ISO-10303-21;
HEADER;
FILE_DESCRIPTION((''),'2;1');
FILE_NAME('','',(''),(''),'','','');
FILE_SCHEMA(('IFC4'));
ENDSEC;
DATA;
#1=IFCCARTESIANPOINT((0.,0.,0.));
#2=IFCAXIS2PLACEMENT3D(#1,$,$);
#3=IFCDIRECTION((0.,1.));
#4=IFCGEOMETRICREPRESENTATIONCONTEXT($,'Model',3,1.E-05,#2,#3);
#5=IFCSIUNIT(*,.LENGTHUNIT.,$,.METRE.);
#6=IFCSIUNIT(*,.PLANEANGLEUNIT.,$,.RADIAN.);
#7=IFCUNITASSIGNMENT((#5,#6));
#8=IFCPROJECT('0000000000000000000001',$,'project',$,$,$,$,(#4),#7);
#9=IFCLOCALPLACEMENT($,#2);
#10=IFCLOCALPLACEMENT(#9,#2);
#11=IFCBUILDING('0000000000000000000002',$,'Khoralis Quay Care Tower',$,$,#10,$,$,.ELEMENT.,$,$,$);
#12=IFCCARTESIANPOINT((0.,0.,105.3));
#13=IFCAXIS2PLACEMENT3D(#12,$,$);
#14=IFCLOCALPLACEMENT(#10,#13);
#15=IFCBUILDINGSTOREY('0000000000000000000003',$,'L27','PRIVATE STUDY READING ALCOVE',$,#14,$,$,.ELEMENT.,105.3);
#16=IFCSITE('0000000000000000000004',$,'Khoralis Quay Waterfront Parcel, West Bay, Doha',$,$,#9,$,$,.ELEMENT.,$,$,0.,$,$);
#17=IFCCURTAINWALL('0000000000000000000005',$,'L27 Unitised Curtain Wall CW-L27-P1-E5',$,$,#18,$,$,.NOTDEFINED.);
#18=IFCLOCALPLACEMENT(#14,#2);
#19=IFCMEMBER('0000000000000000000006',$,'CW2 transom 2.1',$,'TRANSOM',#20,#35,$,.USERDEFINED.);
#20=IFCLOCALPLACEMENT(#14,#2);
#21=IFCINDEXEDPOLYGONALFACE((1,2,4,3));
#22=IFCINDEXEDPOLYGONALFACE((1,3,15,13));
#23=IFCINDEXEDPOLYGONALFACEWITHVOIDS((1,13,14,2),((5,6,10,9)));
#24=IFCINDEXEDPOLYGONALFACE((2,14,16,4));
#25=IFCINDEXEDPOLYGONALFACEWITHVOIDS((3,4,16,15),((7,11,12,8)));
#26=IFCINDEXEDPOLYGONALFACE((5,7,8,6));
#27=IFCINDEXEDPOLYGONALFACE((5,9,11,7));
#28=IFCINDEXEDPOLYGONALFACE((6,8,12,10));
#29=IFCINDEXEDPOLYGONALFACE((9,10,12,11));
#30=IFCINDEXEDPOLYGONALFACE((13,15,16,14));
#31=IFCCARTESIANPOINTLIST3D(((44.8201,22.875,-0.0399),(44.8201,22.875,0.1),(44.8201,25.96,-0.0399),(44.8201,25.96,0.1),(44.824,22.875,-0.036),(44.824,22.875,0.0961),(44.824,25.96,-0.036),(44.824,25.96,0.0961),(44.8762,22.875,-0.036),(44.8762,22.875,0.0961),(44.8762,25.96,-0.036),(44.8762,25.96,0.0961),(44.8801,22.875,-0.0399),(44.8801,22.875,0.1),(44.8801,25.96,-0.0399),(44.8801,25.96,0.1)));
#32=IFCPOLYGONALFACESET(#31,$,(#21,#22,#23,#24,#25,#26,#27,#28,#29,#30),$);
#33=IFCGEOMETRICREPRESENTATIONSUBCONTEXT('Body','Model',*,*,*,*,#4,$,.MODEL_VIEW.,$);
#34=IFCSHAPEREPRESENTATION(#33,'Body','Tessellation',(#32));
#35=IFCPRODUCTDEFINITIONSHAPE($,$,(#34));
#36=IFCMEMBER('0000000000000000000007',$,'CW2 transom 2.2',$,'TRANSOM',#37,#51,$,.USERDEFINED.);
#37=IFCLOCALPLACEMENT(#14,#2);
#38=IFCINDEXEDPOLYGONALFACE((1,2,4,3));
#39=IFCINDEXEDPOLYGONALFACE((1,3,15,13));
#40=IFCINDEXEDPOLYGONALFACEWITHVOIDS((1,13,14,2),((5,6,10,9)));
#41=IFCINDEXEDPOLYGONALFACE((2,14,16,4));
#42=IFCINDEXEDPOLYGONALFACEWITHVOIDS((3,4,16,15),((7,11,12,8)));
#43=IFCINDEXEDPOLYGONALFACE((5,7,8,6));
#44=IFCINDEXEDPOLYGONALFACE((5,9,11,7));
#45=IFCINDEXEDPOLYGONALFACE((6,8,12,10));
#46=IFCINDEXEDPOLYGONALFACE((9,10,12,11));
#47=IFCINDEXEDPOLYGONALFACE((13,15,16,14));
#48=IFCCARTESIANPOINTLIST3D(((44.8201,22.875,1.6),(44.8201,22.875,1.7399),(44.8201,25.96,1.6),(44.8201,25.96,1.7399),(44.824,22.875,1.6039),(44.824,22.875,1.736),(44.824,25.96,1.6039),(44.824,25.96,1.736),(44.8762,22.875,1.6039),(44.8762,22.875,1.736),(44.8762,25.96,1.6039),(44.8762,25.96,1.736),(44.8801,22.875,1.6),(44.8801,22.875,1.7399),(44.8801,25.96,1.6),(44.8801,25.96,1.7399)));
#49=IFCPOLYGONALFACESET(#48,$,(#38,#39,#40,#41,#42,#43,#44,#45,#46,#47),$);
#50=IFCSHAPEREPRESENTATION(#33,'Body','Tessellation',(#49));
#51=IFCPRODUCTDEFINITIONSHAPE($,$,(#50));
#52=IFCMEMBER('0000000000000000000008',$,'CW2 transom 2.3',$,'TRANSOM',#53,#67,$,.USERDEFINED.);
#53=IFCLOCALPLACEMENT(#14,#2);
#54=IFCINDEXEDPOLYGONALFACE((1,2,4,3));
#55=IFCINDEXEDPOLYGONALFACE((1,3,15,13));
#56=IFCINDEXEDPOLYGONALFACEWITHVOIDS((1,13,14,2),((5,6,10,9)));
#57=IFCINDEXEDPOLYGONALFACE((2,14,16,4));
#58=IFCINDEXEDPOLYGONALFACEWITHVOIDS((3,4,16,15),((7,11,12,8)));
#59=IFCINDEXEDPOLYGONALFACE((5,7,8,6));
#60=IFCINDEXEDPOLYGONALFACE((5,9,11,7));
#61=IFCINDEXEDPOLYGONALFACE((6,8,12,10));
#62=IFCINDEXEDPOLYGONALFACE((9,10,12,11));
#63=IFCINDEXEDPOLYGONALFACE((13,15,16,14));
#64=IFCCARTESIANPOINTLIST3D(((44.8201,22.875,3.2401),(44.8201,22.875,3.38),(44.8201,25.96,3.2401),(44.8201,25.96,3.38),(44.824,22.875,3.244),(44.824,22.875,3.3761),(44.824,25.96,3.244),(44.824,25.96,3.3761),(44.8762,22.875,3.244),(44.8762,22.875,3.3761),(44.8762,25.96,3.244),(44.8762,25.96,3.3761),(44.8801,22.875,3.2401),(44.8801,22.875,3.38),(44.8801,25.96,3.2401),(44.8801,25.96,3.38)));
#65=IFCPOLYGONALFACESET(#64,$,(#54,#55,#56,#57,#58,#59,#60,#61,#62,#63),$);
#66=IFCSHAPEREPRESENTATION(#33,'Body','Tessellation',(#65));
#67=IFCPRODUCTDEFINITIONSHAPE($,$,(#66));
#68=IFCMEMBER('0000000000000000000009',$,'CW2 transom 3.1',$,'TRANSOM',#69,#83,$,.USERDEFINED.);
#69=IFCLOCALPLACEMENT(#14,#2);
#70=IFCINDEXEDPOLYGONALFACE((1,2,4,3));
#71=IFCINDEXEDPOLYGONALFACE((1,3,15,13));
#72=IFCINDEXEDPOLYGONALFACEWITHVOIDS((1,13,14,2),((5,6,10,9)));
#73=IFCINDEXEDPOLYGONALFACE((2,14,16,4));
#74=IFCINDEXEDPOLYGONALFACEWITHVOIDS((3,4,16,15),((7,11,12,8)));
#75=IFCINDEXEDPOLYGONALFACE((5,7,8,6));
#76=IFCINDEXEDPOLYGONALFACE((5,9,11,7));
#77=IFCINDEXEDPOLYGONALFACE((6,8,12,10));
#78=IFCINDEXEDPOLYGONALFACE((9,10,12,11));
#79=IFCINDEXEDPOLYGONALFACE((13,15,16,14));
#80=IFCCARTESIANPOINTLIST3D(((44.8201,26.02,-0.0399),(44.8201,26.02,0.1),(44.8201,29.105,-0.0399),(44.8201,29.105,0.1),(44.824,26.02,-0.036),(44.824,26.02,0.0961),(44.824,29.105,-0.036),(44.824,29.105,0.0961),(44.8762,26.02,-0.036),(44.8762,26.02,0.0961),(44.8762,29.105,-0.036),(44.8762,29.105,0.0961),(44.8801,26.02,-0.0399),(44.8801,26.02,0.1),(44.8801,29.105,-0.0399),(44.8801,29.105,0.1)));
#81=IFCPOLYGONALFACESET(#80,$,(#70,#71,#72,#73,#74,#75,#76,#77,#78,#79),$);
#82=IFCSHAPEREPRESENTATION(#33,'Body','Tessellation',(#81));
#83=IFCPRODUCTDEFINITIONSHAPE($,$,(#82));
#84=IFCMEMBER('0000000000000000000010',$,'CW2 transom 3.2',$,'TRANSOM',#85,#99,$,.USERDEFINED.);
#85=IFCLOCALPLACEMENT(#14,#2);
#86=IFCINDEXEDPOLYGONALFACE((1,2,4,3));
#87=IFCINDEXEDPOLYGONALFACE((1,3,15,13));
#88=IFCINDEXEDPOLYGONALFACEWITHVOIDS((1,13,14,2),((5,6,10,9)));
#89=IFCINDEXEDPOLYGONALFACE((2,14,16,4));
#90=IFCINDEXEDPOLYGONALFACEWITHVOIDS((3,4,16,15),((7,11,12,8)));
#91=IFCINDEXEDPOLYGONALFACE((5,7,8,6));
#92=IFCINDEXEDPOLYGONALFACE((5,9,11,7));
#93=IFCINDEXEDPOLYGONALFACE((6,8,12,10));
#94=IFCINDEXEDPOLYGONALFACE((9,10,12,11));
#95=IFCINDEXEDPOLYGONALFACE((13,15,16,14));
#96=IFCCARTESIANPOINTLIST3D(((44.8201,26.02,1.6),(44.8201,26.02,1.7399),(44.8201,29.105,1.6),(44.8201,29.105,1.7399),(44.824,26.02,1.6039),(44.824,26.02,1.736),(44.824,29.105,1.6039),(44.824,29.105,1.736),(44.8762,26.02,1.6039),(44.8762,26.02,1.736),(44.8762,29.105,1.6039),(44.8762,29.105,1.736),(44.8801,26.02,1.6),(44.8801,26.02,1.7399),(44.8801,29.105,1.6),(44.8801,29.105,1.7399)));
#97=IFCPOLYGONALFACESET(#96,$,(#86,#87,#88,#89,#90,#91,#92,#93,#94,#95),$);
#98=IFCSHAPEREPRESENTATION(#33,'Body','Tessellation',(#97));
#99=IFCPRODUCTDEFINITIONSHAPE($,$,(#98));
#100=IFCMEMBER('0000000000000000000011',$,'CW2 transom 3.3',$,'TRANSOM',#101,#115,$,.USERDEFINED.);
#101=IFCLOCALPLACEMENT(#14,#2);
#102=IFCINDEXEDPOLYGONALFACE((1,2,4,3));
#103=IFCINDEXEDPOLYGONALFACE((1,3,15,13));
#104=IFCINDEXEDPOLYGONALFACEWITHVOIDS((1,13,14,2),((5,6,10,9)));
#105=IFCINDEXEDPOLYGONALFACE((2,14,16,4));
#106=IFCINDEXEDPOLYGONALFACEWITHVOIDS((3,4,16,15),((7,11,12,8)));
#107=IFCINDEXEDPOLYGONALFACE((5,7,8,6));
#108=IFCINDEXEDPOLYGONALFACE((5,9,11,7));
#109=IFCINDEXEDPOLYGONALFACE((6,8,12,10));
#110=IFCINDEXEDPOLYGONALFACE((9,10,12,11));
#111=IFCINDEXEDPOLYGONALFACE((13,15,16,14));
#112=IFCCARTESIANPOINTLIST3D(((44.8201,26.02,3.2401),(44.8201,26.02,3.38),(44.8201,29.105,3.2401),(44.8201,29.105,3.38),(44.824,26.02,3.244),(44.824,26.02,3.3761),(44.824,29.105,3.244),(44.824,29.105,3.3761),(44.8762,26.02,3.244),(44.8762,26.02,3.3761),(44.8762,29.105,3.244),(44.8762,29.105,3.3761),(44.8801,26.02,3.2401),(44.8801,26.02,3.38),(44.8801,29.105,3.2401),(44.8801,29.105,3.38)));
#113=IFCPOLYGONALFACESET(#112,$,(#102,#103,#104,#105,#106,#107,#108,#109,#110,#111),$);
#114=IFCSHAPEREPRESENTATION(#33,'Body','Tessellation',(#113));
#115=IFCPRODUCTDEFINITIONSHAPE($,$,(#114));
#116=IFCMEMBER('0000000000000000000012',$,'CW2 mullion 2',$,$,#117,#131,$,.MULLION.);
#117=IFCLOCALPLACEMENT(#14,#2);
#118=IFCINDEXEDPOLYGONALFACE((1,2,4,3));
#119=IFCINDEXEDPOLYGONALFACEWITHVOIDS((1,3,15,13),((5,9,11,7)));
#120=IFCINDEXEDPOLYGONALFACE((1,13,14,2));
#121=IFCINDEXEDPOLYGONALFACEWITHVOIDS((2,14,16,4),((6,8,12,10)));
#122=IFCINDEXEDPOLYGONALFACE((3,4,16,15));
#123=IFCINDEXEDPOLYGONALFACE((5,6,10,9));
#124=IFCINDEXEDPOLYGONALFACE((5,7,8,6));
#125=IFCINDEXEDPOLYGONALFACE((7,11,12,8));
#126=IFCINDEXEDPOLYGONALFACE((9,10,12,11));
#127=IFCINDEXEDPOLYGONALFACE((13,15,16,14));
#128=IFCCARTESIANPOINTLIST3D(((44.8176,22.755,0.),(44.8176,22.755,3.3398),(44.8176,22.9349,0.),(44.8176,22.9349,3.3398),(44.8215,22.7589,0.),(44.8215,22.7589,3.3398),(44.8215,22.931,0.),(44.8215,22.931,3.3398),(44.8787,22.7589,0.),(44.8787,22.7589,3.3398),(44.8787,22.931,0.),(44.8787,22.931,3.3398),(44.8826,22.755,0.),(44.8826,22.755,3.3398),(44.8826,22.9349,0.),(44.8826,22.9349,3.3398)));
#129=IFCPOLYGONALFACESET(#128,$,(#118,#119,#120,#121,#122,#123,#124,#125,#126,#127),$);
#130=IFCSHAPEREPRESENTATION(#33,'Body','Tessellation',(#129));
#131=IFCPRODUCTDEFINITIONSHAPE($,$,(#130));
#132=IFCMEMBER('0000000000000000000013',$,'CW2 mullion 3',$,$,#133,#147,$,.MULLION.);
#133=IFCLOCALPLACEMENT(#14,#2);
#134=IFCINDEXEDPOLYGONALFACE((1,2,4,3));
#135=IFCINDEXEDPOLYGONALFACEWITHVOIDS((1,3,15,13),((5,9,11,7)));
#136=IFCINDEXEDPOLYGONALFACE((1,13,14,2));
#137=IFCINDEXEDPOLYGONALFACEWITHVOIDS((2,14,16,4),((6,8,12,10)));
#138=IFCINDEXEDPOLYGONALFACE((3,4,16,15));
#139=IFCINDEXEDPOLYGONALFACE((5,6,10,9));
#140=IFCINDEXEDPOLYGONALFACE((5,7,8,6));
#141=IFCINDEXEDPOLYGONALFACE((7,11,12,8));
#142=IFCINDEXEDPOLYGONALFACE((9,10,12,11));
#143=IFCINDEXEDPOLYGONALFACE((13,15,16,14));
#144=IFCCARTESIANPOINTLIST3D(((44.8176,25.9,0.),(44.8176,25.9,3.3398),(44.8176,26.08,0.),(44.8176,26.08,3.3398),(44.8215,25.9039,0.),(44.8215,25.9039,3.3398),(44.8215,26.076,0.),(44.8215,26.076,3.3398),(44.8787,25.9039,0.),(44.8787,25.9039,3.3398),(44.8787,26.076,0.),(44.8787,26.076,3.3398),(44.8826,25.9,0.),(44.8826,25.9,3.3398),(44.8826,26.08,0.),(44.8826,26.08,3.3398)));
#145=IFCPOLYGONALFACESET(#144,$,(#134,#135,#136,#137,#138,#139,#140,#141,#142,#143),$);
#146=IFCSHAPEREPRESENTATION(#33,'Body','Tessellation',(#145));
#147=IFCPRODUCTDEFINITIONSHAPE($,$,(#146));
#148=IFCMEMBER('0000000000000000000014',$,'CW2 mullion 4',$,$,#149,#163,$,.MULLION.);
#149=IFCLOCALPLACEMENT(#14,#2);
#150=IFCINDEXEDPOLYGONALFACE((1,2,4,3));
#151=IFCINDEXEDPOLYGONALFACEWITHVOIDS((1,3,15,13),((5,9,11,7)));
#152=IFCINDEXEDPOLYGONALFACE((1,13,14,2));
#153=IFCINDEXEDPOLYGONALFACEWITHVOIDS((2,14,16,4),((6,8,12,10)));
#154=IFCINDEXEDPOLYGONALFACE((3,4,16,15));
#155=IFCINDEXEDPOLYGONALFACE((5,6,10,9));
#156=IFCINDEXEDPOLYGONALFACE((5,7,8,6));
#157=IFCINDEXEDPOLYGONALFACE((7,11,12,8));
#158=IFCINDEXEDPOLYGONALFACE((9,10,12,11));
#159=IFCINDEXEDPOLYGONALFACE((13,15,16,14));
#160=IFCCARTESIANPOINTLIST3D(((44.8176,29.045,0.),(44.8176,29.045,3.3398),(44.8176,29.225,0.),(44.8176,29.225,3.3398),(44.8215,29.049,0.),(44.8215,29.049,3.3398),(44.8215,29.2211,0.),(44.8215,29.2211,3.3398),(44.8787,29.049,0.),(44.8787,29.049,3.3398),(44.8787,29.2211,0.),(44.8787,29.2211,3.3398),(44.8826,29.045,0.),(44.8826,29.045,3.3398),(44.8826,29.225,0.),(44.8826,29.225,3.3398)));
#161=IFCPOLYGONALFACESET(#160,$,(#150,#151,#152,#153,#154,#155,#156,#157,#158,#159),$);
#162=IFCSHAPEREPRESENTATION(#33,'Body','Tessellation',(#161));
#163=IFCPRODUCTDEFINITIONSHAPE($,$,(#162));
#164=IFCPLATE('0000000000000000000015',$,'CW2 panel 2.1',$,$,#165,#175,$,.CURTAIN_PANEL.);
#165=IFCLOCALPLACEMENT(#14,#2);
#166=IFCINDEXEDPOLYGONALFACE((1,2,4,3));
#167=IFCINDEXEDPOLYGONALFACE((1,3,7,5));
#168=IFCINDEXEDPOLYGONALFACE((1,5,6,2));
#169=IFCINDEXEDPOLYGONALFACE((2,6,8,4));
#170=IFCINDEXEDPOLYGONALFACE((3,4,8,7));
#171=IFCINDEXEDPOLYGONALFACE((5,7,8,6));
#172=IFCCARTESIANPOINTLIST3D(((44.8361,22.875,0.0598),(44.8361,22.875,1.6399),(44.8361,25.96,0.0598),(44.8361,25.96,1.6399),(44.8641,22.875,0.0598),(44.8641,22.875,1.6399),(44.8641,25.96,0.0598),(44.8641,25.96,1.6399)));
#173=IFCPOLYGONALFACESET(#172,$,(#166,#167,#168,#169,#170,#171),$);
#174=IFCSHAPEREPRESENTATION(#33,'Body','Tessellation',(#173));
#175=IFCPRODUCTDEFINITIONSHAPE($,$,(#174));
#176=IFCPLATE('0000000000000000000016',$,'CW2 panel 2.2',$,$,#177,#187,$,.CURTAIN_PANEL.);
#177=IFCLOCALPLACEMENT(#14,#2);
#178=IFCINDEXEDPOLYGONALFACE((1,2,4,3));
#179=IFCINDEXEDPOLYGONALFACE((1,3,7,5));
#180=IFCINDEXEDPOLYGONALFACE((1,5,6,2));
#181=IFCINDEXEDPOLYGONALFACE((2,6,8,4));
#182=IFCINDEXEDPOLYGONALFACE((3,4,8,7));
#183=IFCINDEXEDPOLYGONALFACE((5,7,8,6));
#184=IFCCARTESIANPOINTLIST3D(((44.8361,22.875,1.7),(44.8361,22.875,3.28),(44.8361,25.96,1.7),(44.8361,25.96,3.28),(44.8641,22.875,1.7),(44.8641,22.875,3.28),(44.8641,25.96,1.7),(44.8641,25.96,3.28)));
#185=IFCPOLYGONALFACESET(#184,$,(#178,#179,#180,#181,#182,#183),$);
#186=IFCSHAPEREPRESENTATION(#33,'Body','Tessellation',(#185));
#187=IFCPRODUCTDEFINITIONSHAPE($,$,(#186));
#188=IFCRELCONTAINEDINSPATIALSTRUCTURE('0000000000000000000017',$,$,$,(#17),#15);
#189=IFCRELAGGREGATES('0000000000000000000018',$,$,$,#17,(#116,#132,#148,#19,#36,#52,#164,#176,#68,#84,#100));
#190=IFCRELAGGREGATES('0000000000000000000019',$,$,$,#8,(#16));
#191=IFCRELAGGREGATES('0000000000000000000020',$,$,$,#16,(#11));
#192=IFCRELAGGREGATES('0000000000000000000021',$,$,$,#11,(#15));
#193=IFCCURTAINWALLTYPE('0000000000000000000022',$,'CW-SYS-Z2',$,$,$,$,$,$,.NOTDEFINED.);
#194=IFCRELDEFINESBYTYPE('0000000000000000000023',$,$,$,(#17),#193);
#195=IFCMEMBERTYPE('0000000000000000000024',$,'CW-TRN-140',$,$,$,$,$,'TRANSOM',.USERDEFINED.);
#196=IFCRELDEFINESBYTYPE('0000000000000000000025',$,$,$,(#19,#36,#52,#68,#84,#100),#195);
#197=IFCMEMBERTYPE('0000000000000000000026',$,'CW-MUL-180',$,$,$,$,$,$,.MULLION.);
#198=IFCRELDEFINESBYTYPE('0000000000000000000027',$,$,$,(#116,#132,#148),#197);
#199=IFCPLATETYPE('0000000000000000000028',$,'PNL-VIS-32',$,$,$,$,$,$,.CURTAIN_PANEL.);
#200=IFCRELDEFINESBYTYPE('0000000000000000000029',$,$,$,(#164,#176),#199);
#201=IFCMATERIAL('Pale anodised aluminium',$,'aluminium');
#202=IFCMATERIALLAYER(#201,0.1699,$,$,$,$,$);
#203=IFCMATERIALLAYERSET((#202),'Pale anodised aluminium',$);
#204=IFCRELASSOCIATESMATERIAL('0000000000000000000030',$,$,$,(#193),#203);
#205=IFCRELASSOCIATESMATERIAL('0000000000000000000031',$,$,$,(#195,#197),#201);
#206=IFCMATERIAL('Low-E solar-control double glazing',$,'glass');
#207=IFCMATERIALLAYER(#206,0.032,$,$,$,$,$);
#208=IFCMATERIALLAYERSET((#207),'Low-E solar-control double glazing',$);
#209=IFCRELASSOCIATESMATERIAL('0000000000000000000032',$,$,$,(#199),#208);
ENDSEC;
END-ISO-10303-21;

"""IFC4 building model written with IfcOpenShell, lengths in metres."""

from ifc_helpers import new_model, si_unit, direction, frame, origin, origin_2d, place, context, subcontext, project, spatial, rectangle, hollow_rectangle, extrude, source, transform, mapped, material, layer, layer_set, material_profile, profile_set, type_object, element, aggregate, save


model = new_model("IFC4")

# Units and contexts
model_context = context("Model", 3, precision=1e-05, world=origin(), true_north=direction((0.0, 1.0)))
body_context = subcontext(model_context, "Body", "Model", "MODEL_VIEW")
ifc_project = project(units=[si_unit("LENGTHUNIT", "METRE"), si_unit("PLANEANGLEUNIT", "RADIAN")], contexts=[model_context])

# Site, building, storey
site_placement = place(None, origin())
site = spatial("IfcSite", under=ifc_project, at=site_placement, Name="Khoralis Quay Waterfront Parcel, West Bay, Doha", CompositionType="ELEMENT", RefElevation=0.0)
building_placement = place(site_placement, origin())
building = spatial("IfcBuilding", under=site, at=building_placement, Name="Khoralis Quay Care Tower", CompositionType="ELEMENT")
storey_placement = place(building_placement, frame((0.0, 0.0, 105.3)))
storey = spatial("IfcBuildingStorey", under=building, at=storey_placement, Name="L27", Description="PRIVATE STUDY READING ALCOVE", CompositionType="ELEMENT", Elevation=105.3)

# Curtain wall, members, plates
ifc_material_1 = material(Name="Pale anodised aluminium", Category="aluminium")
ifc_layer_1 = layer(ifc_material_1, 0.1699)
ifc_layer_set_1 = layer_set([ifc_layer_1], Name="Pale anodised aluminium")
curtain_wall_type = type_object("IfcCurtainWallType", Name="CW-SYS-Z2", PredefinedType="NOTDEFINED", material=ifc_layer_set_1)
curtain_wall_placement = place(storey_placement, origin())
curtain_wall = element("IfcCurtainWall", 1, at=curtain_wall_placement, inside=storey, type_object=curtain_wall_type, Name="L27 Unitised Curtain Wall CW-L27-P1-E5", PredefinedType="NOTDEFINED")
ifc_material_profile_1 = material_profile(ifc_material_1, hollow_rectangle(XDim=0.0601, YDim=0.1399, WallThickness=0.0039, at=origin_2d()), Name="Pale anodised aluminium")
ifc_profile_set_1 = profile_set([ifc_material_profile_1], Name="Pale anodised aluminium")
member_type_1 = type_object("IfcMemberType", Name="CW-TRN-140", ElementType="TRANSOM", PredefinedType="USERDEFINED", material=ifc_profile_set_1)
shared_shape_1 = source(origin(), body_context, "Body", "SweptSolid", [
    extrude(hollow_rectangle(XDim=0.0601, YDim=0.1399, WallThickness=0.0039, at=origin_2d()), origin(), (0.0, 0.0, 1.0), 3.085),
])
member_1_placement = place(storey_placement, frame((44.8501, 22.875, 0.03), z_axis=(0.0, 1.0, 0.0), x_axis=(-1.0, 0.0, 0.0)))
member_1 = element("IfcMember", 2, at=member_1_placement, type_object=member_type_1, Name="CW2 transom 2.1", ObjectType="TRANSOM", PredefinedType="USERDEFINED", context=body_context, shape_type="MappedRepresentation", body=[
    mapped(shared_shape_1, transform((0.0, 0.0, 0.0), scale=1.0)),
])
member_2_placement = place(storey_placement, frame((44.8501, 22.875, 1.6699), z_axis=(0.0, 1.0, 0.0), x_axis=(-1.0, 0.0, 0.0)))
member_2 = element("IfcMember", 3, at=member_2_placement, type_object=member_type_1, Name="CW2 transom 2.2", ObjectType="TRANSOM", PredefinedType="USERDEFINED", context=body_context, shape_type="MappedRepresentation", body=[
    mapped(shared_shape_1, transform((0.0, 0.0, 0.0), scale=1.0)),
])
member_3_placement = place(storey_placement, frame((44.8501, 22.875, 3.3101), z_axis=(0.0, 1.0, 0.0), x_axis=(-1.0, 0.0, 0.0)))
member_3 = element("IfcMember", 4, at=member_3_placement, type_object=member_type_1, Name="CW2 transom 2.3", ObjectType="TRANSOM", PredefinedType="USERDEFINED", context=body_context, shape_type="MappedRepresentation", body=[
    mapped(shared_shape_1, transform((0.0, 0.0, 0.0), scale=1.0)),
])
member_4_placement = place(storey_placement, frame((44.8501, 26.02, 0.03), z_axis=(0.0, 1.0, 0.0), x_axis=(-1.0, 0.0, 0.0)))
member_4 = element("IfcMember", 5, at=member_4_placement, type_object=member_type_1, Name="CW2 transom 3.1", ObjectType="TRANSOM", PredefinedType="USERDEFINED", context=body_context, shape_type="MappedRepresentation", body=[
    mapped(shared_shape_1, transform((0.0, 0.0, 0.0), scale=1.0)),
])
member_5_placement = place(storey_placement, frame((44.8501, 26.02, 1.6699), z_axis=(0.0, 1.0, 0.0), x_axis=(-1.0, 0.0, 0.0)))
member_5 = element("IfcMember", 6, at=member_5_placement, type_object=member_type_1, Name="CW2 transom 3.2", ObjectType="TRANSOM", PredefinedType="USERDEFINED", context=body_context, shape_type="MappedRepresentation", body=[
    mapped(shared_shape_1, transform((0.0, 0.0, 0.0), scale=1.0)),
])
member_6_placement = place(storey_placement, frame((44.8501, 26.02, 3.3101), z_axis=(0.0, 1.0, 0.0), x_axis=(-1.0, 0.0, 0.0)))
member_6 = element("IfcMember", 7, at=member_6_placement, type_object=member_type_1, Name="CW2 transom 3.3", ObjectType="TRANSOM", PredefinedType="USERDEFINED", context=body_context, shape_type="MappedRepresentation", body=[
    mapped(shared_shape_1, transform((0.0, 0.0, 0.0), scale=1.0)),
])
ifc_material_profile_2 = material_profile(ifc_material_1, hollow_rectangle(XDim=0.0649, YDim=0.1799, WallThickness=0.0039, at=origin_2d()), Name="Pale anodised aluminium")
ifc_profile_set_2 = profile_set([ifc_material_profile_2], Name="Pale anodised aluminium")
member_type_2 = type_object("IfcMemberType", Name="CW-MUL-180", PredefinedType="MULLION", material=ifc_profile_set_2)
shared_shape_2 = source(origin(), body_context, "Body", "SweptSolid", [
    extrude(hollow_rectangle(XDim=0.0649, YDim=0.1799, WallThickness=0.0039, at=origin_2d()), origin(), (0.0, 0.0, 1.0), 3.3398),
])
member_7_placement = place(storey_placement, frame((44.8501, 22.845, 0.0), z_axis=(0.0, 0.0, 1.0), x_axis=(-1.0, 0.0, 0.0)))
member_7 = element("IfcMember", 8, at=member_7_placement, type_object=member_type_2, Name="CW2 mullion 2", PredefinedType="MULLION", context=body_context, shape_type="MappedRepresentation", body=[
    mapped(shared_shape_2, transform((0.0, 0.0, 0.0), scale=1.0)),
])
member_8_placement = place(storey_placement, frame((44.8501, 25.99, 0.0), z_axis=(0.0, 0.0, 1.0), x_axis=(-1.0, 0.0, 0.0)))
member_8 = element("IfcMember", 9, at=member_8_placement, type_object=member_type_2, Name="CW2 mullion 3", PredefinedType="MULLION", context=body_context, shape_type="MappedRepresentation", body=[
    mapped(shared_shape_2, transform((0.0, 0.0, 0.0), scale=1.0)),
])
member_9_placement = place(storey_placement, frame((44.8501, 29.135, 0.0), z_axis=(0.0, 0.0, 1.0), x_axis=(-1.0, 0.0, 0.0)))
member_9 = element("IfcMember", 10, at=member_9_placement, type_object=member_type_2, Name="CW2 mullion 4", PredefinedType="MULLION", context=body_context, shape_type="MappedRepresentation", body=[
    mapped(shared_shape_2, transform((0.0, 0.0, 0.0), scale=1.0)),
])
ifc_material_2 = material(Name="Low-E solar-control double glazing", Category="glass")
ifc_layer_2 = layer(ifc_material_2, 0.032)
ifc_layer_set_2 = layer_set([ifc_layer_2], Name="Low-E solar-control double glazing")
plate_type = type_object("IfcPlateType", Name="PNL-VIS-32", PredefinedType="CURTAIN_PANEL", material=ifc_layer_set_2)
shared_shape_3 = source(origin(), body_context, "Body", "SweptSolid", [
    extrude(rectangle(XDim=3.085, YDim=0.0281, at=origin_2d()), origin(), (0.0, 0.0, 1.0), 1.5801),
])
plate_1_placement = place(storey_placement, frame((44.8501, 24.4175, 0.0598), z_axis=(0.0, 0.0, 1.0), x_axis=(0.0, 1.0, 0.0)))
plate_1 = element("IfcPlate", 11, at=plate_1_placement, type_object=plate_type, Name="CW2 panel 2.1", PredefinedType="CURTAIN_PANEL", context=body_context, shape_type="MappedRepresentation", body=[
    mapped(shared_shape_3, transform((0.0, 0.0, 0.0), scale=1.0)),
])
plate_2_placement = place(storey_placement, frame((44.8501, 24.4175, 1.7), z_axis=(0.0, 0.0, 1.0), x_axis=(0.0, 1.0, 0.0)))
plate_2 = element("IfcPlate", 12, at=plate_2_placement, type_object=plate_type, Name="CW2 panel 2.2", PredefinedType="CURTAIN_PANEL", context=body_context, shape_type="MappedRepresentation", body=[
    mapped(shared_shape_3, transform((0.0, 0.0, 0.0), scale=1.0)),
])
aggregate(curtain_wall, [member_7, member_8, member_9, member_1, member_2, member_3, plate_1, plate_2, member_4, member_5, member_6])

save(model, "model.ifc")
